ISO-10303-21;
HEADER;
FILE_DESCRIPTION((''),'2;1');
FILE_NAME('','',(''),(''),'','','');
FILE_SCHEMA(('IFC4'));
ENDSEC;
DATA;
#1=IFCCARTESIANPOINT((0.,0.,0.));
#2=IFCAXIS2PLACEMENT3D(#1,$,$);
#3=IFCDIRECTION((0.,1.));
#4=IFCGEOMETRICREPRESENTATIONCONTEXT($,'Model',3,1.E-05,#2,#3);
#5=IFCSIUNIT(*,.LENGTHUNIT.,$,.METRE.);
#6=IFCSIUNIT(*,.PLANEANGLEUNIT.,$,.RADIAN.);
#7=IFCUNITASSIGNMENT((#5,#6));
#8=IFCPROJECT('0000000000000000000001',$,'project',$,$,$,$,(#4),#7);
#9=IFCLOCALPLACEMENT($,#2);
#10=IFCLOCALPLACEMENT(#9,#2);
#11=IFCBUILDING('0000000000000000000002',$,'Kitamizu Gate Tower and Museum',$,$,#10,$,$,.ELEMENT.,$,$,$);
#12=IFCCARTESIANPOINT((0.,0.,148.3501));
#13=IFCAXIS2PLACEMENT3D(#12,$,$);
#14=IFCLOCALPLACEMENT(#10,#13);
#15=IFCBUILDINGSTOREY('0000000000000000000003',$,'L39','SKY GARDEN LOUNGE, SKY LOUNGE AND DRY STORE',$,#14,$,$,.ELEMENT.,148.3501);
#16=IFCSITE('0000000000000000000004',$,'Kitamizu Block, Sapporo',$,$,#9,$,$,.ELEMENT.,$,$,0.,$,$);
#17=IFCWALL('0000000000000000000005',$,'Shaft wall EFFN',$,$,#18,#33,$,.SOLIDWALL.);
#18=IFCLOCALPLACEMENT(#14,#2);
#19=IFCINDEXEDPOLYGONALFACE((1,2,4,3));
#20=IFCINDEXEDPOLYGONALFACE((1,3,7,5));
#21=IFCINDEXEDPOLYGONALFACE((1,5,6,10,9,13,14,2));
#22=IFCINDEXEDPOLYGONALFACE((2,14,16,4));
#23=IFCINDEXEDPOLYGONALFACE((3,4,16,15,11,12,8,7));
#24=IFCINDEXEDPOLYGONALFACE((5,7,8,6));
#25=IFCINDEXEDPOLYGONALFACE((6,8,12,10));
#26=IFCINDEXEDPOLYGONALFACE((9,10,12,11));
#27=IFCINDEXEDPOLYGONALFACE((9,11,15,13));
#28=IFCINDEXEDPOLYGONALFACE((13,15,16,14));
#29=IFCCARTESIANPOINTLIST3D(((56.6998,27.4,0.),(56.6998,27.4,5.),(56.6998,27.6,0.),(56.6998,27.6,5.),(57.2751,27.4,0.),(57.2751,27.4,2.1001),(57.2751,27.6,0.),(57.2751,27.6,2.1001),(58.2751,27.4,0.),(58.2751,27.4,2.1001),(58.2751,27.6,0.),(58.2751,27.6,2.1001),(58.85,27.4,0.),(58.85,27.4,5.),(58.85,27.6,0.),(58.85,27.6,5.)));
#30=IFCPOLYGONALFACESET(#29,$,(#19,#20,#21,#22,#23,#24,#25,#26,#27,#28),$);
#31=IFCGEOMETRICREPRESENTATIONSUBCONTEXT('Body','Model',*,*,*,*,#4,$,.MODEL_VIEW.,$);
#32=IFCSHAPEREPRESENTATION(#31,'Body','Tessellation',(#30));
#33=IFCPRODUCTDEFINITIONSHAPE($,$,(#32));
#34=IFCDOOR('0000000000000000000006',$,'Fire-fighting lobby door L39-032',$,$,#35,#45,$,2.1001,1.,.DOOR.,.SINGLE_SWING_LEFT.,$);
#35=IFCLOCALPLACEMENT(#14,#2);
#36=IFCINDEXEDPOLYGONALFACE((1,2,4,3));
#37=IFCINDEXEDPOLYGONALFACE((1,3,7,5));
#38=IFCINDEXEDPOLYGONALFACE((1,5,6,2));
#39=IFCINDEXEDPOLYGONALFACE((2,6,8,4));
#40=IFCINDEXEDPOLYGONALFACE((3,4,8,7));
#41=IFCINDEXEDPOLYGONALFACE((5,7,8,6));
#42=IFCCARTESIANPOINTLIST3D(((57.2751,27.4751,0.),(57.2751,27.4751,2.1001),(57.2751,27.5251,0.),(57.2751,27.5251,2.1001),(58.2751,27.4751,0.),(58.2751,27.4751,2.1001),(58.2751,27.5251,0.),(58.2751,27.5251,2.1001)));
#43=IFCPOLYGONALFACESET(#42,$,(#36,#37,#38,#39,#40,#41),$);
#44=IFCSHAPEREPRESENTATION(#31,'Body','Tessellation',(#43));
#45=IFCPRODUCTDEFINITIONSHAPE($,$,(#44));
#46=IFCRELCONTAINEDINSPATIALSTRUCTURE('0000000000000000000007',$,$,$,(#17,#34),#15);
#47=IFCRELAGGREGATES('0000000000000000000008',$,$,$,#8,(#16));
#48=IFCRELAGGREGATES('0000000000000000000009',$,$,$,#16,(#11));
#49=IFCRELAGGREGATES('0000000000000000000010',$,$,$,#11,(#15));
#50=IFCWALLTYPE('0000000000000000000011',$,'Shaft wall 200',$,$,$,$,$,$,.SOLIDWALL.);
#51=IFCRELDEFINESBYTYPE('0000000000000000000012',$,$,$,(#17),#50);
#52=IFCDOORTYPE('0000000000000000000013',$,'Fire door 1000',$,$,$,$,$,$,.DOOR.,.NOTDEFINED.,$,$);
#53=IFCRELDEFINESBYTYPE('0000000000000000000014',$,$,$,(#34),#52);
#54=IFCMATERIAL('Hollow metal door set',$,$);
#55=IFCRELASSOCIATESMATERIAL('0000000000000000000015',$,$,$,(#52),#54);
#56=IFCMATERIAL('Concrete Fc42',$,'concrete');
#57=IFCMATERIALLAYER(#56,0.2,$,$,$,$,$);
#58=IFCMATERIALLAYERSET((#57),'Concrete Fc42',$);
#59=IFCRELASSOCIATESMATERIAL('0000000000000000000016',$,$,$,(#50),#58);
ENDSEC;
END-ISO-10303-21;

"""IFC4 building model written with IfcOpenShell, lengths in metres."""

from ifc_helpers import new_model, si_unit, direction, frame, frame_2d, origin, place, context, subcontext, project, spatial, rectangle, extrude, material, layer, layer_set, type_object, element, fill, save


model = new_model("IFC4")

# Units and contexts
model_context = context("Model", 3, precision=1e-05, world=origin(), true_north=direction((0.0, 1.0)))
body_context = subcontext(model_context, "Body", "Model", "MODEL_VIEW")
ifc_project = project(units=[si_unit("LENGTHUNIT", "METRE"), si_unit("PLANEANGLEUNIT", "RADIAN")], contexts=[model_context])

# Site, building, storey
site_placement = place(None, origin())
site = spatial("IfcSite", under=ifc_project, at=site_placement, Name="Kitamizu Block, Sapporo", CompositionType="ELEMENT", RefElevation=0.0)
building_placement = place(site_placement, origin())
building = spatial("IfcBuilding", under=site, at=building_placement, Name="Kitamizu Gate Tower and Museum", CompositionType="ELEMENT")
storey_placement = place(building_placement, frame((0.0, 0.0, 148.3501)))
storey = spatial("IfcBuildingStorey", under=building, at=storey_placement, Name="L39", Description="SKY GARDEN LOUNGE, SKY LOUNGE AND DRY STORE", CompositionType="ELEMENT", Elevation=148.3501)

# Shared definitions
ifc_material_1 = material(Name="Hollow metal door set")
door_type_1 = type_object("IfcDoorType", Name="Fire door 1000", OperationType="NOTDEFINED", PredefinedType="DOOR", material=ifc_material_1)

# Wall, opening, door
ifc_material_2 = material(Name="Concrete Fc42", Category="concrete")
ifc_layer_1 = layer(ifc_material_2, 0.2)
ifc_layer_set_1 = layer_set([ifc_layer_1], Name="Concrete Fc42")
wall_type_1 = type_object("IfcWallType", Name="Shaft wall 200", PredefinedType="SOLIDWALL", material=ifc_layer_set_1)
wall_1_placement = place(storey_placement, frame((58.8501, 27.5, 0.0), z_axis=(0.0, 0.0, 1.0), x_axis=(-1.0, 0.0, 0.0)))
wall_1 = element("IfcWall", 1, at=wall_1_placement, inside=storey, type_object=wall_type_1, Name="Shaft wall EFFN", PredefinedType="SOLIDWALL", context=body_context, shape_type="SweptSolid", body=[
    extrude(rectangle(XDim=2.1501, YDim=0.2, at=frame_2d((1.0752, 0.0))), origin(), (0.0, 0.0, 1.0), 5.0),
])
opening_1_placement = place(wall_1_placement, frame((0.575, 0.0, 0.0)))
opening_1 = element("IfcOpeningElement", 2, at=opening_1_placement, cuts=wall_1, PredefinedType="OPENING", context=body_context, shape_type="SweptSolid", body=[
    extrude(rectangle(XDim=1.0, YDim=2.1001, at=frame_2d((0.5, 1.05))), frame((0.0, 0.1099, 0.0), z_axis=(0.0, -1.0, 0.0), x_axis=(1.0, 0.0, 0.0)), (0.0, 0.0, 1.0), 0.22),
])
door_1_placement = place(opening_1_placement, origin())
door_1 = element("IfcDoor", 3, at=door_1_placement, inside=storey, type_object=door_type_1, Name="Fire-fighting lobby door L39-032", OperationType="SINGLE_SWING_LEFT", OverallHeight=2.1001, OverallWidth=1.0, PredefinedType="DOOR", context=body_context, shape_type="SweptSolid", body=[
    extrude(rectangle(XDim=1.0, YDim=2.1001, at=frame_2d((0.5, 1.05))), frame((0.0, 0.0249, 0.0), z_axis=(0.0, -1.0, 0.0), x_axis=(1.0, 0.0, 0.0)), (0.0, 0.0, 1.0), 0.05),
])
fill(opening_1, door_1)

save(model, "model.ifc")
